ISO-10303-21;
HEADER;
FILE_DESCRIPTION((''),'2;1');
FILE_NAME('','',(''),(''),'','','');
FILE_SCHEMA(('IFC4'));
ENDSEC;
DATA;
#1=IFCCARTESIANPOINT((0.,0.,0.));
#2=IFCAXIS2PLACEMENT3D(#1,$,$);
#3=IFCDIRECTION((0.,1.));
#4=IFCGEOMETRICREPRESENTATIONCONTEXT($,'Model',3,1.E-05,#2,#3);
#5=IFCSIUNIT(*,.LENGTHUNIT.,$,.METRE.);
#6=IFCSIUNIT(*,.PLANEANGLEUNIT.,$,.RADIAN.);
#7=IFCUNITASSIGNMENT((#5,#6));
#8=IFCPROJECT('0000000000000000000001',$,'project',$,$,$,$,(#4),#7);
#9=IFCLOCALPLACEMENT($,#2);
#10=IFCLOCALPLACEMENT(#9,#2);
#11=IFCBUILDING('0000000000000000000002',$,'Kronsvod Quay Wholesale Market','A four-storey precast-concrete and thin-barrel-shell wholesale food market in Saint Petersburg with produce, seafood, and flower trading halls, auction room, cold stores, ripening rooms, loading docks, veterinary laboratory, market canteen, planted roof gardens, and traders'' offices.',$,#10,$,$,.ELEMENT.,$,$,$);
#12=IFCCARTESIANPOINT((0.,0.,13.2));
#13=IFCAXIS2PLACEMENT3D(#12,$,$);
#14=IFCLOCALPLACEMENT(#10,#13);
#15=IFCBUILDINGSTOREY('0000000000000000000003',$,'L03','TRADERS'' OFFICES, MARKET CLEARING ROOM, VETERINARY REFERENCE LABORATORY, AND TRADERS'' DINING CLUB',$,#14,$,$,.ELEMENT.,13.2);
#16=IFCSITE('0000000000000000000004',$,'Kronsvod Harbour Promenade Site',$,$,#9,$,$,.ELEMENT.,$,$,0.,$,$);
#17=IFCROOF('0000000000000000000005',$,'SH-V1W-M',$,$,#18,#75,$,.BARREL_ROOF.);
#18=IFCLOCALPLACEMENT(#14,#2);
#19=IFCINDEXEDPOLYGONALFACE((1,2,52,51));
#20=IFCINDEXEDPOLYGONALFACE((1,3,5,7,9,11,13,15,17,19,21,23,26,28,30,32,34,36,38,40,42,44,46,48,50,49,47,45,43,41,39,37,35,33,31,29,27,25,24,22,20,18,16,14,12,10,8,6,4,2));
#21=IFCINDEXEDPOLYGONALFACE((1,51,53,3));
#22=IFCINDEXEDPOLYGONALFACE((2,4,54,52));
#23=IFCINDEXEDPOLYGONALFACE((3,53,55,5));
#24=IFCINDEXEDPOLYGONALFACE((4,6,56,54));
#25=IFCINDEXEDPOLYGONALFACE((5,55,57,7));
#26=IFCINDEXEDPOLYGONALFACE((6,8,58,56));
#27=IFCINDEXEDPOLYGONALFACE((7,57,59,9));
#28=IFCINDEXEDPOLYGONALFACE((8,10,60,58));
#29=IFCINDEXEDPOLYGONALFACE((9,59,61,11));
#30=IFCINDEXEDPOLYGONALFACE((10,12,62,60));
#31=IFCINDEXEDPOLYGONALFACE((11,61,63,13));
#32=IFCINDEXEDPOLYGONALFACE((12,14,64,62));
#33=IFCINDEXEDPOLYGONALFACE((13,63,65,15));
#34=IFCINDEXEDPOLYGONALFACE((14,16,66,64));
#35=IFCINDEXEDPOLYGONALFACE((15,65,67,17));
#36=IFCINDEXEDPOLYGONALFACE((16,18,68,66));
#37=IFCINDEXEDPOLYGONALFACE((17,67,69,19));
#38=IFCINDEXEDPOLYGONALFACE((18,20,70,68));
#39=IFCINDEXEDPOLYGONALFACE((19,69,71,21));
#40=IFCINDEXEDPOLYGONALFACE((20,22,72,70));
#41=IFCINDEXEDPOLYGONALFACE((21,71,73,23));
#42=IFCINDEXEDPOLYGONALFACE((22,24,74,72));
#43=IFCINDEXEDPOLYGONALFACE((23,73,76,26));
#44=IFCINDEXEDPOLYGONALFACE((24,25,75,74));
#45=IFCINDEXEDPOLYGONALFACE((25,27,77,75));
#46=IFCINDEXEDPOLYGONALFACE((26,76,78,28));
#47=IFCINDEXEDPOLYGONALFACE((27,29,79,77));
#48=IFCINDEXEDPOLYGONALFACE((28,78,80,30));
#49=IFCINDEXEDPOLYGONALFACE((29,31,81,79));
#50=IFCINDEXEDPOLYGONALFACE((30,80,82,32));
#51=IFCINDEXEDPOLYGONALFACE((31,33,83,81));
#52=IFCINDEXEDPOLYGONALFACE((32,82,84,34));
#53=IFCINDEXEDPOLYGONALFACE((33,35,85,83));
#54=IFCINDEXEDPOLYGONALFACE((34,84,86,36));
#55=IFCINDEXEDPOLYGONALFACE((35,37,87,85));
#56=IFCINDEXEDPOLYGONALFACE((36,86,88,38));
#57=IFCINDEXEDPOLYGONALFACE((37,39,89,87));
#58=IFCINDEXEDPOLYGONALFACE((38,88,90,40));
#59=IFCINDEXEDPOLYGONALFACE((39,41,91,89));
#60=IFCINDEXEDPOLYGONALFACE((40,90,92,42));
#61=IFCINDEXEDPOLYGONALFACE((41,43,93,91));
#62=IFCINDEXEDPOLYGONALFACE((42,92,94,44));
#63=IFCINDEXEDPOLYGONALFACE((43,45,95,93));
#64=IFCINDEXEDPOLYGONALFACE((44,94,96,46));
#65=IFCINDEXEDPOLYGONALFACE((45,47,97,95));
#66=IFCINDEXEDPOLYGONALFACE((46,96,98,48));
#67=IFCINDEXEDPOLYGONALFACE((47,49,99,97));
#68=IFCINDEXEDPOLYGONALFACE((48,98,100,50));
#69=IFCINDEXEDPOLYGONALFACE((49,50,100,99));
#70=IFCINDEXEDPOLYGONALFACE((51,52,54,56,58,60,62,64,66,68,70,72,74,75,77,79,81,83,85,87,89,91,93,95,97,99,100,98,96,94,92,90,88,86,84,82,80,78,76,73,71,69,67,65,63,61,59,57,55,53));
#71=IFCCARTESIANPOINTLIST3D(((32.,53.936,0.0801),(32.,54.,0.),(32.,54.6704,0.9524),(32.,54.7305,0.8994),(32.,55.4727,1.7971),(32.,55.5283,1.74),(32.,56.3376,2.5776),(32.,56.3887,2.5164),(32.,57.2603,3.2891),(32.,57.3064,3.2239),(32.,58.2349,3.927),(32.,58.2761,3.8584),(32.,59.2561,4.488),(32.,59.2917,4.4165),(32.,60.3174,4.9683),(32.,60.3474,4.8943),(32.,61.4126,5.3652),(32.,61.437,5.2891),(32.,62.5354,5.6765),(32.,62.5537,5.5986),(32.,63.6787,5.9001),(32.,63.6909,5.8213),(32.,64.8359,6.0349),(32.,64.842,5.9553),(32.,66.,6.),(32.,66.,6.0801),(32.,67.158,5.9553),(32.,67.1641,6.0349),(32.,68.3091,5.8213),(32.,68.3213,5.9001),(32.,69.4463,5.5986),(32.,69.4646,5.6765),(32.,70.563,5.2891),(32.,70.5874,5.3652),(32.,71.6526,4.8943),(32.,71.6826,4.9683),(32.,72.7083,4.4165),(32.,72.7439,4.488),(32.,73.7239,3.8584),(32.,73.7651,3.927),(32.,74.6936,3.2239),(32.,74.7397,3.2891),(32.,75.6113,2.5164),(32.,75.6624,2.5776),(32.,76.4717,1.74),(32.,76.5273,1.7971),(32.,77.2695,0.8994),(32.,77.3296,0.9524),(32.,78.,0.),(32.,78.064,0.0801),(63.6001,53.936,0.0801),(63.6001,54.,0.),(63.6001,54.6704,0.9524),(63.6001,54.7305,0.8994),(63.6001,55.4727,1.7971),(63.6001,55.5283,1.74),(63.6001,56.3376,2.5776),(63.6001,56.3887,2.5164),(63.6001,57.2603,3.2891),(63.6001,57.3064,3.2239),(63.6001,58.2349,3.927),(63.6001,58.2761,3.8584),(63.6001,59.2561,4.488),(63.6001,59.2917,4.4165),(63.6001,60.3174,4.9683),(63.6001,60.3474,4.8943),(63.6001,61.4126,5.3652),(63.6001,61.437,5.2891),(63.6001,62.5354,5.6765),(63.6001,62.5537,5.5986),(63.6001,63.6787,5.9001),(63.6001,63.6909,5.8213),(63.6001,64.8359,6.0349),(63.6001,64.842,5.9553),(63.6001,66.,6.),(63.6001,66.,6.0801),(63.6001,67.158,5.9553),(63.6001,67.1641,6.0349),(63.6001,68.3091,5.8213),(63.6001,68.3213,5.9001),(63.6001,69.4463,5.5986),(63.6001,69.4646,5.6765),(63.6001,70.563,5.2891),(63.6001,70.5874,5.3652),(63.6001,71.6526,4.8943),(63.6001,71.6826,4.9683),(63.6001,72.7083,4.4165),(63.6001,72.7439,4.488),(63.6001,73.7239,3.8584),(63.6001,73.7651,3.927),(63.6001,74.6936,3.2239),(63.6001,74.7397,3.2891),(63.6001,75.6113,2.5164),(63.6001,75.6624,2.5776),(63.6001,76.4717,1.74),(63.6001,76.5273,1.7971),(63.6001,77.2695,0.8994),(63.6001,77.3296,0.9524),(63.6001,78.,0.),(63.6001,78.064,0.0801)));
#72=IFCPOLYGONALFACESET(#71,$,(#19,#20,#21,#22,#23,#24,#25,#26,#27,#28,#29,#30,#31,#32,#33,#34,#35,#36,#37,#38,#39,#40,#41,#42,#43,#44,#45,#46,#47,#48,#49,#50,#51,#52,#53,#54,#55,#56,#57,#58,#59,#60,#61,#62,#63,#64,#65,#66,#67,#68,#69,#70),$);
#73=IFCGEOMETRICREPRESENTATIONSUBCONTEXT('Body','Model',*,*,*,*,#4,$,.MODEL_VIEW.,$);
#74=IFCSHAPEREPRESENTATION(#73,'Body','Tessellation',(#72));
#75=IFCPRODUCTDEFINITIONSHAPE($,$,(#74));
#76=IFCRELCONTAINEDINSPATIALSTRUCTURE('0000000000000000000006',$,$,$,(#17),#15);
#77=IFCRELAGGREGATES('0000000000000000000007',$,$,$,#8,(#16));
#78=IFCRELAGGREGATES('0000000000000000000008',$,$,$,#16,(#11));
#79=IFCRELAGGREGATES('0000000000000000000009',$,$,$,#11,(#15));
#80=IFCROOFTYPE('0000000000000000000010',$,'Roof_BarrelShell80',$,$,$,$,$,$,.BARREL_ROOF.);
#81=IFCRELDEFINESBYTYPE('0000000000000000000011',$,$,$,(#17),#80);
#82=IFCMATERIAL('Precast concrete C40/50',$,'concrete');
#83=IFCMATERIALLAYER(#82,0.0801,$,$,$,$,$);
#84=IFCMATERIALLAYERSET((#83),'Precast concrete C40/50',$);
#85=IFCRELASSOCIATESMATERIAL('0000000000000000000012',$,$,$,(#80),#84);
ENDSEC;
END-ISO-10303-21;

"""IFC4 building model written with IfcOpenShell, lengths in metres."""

from ifc_helpers import new_model, si_unit, direction, frame, origin, place, context, subcontext, project, spatial, polyline, outline, extrude, material, layer, layer_set, type_object, element, save


model = new_model("IFC4")

# Units and contexts
model_context = context("Model", 3, precision=1e-05, world=origin(), true_north=direction((0.0, 1.0)))
body_context = subcontext(model_context, "Body", "Model", "MODEL_VIEW")
ifc_project = project(units=[si_unit("LENGTHUNIT", "METRE"), si_unit("PLANEANGLEUNIT", "RADIAN")], contexts=[model_context])

# Site, building, storey
site_placement = place(None, origin())
site = spatial("IfcSite", under=ifc_project, at=site_placement, Name="Kronsvod Harbour Promenade Site", CompositionType="ELEMENT", RefElevation=0.0)
building_placement = place(site_placement, origin())
building = spatial("IfcBuilding", under=site, at=building_placement, Name="Kronsvod Quay Wholesale Market", Description="A four-storey precast-concrete and thin-barrel-shell wholesale food market in Saint Petersburg with produce, seafood, and flower trading halls, auction room, cold stores, ripening rooms, loading docks, veterinary laboratory, market canteen, planted roof gardens, and traders' offices.", CompositionType="ELEMENT")
storey_placement = place(building_placement, frame((0.0, 0.0, 13.2)))
storey = spatial("IfcBuildingStorey", under=building, at=storey_placement, Name="L03", Description="TRADERS' OFFICES, MARKET CLEARING ROOM, VETERINARY REFERENCE LABORATORY, AND TRADERS' DINING CLUB", CompositionType="ELEMENT", Elevation=13.2)

# Roof
ifc_material_1 = material(Name="Precast concrete C40/50", Category="concrete")
ifc_layer_1 = layer(ifc_material_1, 0.0801)
ifc_layer_set_1 = layer_set([ifc_layer_1], Name="Precast concrete C40/50")
roof_type = type_object("IfcRoofType", Name="Roof_BarrelShell80", PredefinedType="BARREL_ROOF", material=ifc_layer_set_1)
roof_placement = place(storey_placement, frame((32.0, 66.0, 0.0), z_axis=(1.0, 0.0, 0.0), x_axis=(0.0, 1.0, 0.0)))
element("IfcRoof", 1, at=roof_placement, inside=storey, type_object=roof_type, Name="SH-V1W-M", PredefinedType="BARREL_ROOF", context=body_context, shape_type="SweptSolid", body=[
    extrude(outline(polyline([(-12.0, 0.0), (-11.2695, 0.8994), (-10.4717, 1.74), (-9.6113, 2.5164), (-8.6936, 3.2239), (-7.7239, 3.8584), (-6.7083, 4.4165), (-5.6526, 4.8943), (-4.563, 5.2891), (-3.4463, 5.5986), (-2.3091, 5.8213), (-1.158, 5.9553), (0.0, 6.0), (1.158, 5.9553), (2.3091, 5.8213), (3.4463, 5.5986), (4.563, 5.2891), (5.6526, 4.8943), (6.7083, 4.4165), (7.7239, 3.8584), (8.6936, 3.2239), (9.6113, 2.5164), (10.4717, 1.74), (11.2695, 0.8994), (12.0, 0.0), (12.064, 0.0801), (11.3296, 0.9524), (10.5273, 1.7971), (9.6624, 2.5776), (8.7397, 3.2891), (7.7651, 3.927), (6.7439, 4.488), (5.6826, 4.9683), (4.5874, 5.3652), (3.4646, 5.6765), (2.3213, 5.9001), (1.1641, 6.0349), (0.0, 6.0801), (-1.1641, 6.0349), (-2.3213, 5.9001), (-3.4646, 5.6765), (-4.5874, 5.3652), (-5.6826, 4.9683), (-6.7439, 4.488), (-7.7651, 3.927), (-8.7397, 3.2891), (-9.6624, 2.5776), (-10.5273, 1.7971), (-11.3296, 0.9524), (-12.064, 0.0801), (-12.0, 0.0)])), origin(), (0.0, 0.0, 1.0), 31.6001),
])

save(model, "model.ifc")
